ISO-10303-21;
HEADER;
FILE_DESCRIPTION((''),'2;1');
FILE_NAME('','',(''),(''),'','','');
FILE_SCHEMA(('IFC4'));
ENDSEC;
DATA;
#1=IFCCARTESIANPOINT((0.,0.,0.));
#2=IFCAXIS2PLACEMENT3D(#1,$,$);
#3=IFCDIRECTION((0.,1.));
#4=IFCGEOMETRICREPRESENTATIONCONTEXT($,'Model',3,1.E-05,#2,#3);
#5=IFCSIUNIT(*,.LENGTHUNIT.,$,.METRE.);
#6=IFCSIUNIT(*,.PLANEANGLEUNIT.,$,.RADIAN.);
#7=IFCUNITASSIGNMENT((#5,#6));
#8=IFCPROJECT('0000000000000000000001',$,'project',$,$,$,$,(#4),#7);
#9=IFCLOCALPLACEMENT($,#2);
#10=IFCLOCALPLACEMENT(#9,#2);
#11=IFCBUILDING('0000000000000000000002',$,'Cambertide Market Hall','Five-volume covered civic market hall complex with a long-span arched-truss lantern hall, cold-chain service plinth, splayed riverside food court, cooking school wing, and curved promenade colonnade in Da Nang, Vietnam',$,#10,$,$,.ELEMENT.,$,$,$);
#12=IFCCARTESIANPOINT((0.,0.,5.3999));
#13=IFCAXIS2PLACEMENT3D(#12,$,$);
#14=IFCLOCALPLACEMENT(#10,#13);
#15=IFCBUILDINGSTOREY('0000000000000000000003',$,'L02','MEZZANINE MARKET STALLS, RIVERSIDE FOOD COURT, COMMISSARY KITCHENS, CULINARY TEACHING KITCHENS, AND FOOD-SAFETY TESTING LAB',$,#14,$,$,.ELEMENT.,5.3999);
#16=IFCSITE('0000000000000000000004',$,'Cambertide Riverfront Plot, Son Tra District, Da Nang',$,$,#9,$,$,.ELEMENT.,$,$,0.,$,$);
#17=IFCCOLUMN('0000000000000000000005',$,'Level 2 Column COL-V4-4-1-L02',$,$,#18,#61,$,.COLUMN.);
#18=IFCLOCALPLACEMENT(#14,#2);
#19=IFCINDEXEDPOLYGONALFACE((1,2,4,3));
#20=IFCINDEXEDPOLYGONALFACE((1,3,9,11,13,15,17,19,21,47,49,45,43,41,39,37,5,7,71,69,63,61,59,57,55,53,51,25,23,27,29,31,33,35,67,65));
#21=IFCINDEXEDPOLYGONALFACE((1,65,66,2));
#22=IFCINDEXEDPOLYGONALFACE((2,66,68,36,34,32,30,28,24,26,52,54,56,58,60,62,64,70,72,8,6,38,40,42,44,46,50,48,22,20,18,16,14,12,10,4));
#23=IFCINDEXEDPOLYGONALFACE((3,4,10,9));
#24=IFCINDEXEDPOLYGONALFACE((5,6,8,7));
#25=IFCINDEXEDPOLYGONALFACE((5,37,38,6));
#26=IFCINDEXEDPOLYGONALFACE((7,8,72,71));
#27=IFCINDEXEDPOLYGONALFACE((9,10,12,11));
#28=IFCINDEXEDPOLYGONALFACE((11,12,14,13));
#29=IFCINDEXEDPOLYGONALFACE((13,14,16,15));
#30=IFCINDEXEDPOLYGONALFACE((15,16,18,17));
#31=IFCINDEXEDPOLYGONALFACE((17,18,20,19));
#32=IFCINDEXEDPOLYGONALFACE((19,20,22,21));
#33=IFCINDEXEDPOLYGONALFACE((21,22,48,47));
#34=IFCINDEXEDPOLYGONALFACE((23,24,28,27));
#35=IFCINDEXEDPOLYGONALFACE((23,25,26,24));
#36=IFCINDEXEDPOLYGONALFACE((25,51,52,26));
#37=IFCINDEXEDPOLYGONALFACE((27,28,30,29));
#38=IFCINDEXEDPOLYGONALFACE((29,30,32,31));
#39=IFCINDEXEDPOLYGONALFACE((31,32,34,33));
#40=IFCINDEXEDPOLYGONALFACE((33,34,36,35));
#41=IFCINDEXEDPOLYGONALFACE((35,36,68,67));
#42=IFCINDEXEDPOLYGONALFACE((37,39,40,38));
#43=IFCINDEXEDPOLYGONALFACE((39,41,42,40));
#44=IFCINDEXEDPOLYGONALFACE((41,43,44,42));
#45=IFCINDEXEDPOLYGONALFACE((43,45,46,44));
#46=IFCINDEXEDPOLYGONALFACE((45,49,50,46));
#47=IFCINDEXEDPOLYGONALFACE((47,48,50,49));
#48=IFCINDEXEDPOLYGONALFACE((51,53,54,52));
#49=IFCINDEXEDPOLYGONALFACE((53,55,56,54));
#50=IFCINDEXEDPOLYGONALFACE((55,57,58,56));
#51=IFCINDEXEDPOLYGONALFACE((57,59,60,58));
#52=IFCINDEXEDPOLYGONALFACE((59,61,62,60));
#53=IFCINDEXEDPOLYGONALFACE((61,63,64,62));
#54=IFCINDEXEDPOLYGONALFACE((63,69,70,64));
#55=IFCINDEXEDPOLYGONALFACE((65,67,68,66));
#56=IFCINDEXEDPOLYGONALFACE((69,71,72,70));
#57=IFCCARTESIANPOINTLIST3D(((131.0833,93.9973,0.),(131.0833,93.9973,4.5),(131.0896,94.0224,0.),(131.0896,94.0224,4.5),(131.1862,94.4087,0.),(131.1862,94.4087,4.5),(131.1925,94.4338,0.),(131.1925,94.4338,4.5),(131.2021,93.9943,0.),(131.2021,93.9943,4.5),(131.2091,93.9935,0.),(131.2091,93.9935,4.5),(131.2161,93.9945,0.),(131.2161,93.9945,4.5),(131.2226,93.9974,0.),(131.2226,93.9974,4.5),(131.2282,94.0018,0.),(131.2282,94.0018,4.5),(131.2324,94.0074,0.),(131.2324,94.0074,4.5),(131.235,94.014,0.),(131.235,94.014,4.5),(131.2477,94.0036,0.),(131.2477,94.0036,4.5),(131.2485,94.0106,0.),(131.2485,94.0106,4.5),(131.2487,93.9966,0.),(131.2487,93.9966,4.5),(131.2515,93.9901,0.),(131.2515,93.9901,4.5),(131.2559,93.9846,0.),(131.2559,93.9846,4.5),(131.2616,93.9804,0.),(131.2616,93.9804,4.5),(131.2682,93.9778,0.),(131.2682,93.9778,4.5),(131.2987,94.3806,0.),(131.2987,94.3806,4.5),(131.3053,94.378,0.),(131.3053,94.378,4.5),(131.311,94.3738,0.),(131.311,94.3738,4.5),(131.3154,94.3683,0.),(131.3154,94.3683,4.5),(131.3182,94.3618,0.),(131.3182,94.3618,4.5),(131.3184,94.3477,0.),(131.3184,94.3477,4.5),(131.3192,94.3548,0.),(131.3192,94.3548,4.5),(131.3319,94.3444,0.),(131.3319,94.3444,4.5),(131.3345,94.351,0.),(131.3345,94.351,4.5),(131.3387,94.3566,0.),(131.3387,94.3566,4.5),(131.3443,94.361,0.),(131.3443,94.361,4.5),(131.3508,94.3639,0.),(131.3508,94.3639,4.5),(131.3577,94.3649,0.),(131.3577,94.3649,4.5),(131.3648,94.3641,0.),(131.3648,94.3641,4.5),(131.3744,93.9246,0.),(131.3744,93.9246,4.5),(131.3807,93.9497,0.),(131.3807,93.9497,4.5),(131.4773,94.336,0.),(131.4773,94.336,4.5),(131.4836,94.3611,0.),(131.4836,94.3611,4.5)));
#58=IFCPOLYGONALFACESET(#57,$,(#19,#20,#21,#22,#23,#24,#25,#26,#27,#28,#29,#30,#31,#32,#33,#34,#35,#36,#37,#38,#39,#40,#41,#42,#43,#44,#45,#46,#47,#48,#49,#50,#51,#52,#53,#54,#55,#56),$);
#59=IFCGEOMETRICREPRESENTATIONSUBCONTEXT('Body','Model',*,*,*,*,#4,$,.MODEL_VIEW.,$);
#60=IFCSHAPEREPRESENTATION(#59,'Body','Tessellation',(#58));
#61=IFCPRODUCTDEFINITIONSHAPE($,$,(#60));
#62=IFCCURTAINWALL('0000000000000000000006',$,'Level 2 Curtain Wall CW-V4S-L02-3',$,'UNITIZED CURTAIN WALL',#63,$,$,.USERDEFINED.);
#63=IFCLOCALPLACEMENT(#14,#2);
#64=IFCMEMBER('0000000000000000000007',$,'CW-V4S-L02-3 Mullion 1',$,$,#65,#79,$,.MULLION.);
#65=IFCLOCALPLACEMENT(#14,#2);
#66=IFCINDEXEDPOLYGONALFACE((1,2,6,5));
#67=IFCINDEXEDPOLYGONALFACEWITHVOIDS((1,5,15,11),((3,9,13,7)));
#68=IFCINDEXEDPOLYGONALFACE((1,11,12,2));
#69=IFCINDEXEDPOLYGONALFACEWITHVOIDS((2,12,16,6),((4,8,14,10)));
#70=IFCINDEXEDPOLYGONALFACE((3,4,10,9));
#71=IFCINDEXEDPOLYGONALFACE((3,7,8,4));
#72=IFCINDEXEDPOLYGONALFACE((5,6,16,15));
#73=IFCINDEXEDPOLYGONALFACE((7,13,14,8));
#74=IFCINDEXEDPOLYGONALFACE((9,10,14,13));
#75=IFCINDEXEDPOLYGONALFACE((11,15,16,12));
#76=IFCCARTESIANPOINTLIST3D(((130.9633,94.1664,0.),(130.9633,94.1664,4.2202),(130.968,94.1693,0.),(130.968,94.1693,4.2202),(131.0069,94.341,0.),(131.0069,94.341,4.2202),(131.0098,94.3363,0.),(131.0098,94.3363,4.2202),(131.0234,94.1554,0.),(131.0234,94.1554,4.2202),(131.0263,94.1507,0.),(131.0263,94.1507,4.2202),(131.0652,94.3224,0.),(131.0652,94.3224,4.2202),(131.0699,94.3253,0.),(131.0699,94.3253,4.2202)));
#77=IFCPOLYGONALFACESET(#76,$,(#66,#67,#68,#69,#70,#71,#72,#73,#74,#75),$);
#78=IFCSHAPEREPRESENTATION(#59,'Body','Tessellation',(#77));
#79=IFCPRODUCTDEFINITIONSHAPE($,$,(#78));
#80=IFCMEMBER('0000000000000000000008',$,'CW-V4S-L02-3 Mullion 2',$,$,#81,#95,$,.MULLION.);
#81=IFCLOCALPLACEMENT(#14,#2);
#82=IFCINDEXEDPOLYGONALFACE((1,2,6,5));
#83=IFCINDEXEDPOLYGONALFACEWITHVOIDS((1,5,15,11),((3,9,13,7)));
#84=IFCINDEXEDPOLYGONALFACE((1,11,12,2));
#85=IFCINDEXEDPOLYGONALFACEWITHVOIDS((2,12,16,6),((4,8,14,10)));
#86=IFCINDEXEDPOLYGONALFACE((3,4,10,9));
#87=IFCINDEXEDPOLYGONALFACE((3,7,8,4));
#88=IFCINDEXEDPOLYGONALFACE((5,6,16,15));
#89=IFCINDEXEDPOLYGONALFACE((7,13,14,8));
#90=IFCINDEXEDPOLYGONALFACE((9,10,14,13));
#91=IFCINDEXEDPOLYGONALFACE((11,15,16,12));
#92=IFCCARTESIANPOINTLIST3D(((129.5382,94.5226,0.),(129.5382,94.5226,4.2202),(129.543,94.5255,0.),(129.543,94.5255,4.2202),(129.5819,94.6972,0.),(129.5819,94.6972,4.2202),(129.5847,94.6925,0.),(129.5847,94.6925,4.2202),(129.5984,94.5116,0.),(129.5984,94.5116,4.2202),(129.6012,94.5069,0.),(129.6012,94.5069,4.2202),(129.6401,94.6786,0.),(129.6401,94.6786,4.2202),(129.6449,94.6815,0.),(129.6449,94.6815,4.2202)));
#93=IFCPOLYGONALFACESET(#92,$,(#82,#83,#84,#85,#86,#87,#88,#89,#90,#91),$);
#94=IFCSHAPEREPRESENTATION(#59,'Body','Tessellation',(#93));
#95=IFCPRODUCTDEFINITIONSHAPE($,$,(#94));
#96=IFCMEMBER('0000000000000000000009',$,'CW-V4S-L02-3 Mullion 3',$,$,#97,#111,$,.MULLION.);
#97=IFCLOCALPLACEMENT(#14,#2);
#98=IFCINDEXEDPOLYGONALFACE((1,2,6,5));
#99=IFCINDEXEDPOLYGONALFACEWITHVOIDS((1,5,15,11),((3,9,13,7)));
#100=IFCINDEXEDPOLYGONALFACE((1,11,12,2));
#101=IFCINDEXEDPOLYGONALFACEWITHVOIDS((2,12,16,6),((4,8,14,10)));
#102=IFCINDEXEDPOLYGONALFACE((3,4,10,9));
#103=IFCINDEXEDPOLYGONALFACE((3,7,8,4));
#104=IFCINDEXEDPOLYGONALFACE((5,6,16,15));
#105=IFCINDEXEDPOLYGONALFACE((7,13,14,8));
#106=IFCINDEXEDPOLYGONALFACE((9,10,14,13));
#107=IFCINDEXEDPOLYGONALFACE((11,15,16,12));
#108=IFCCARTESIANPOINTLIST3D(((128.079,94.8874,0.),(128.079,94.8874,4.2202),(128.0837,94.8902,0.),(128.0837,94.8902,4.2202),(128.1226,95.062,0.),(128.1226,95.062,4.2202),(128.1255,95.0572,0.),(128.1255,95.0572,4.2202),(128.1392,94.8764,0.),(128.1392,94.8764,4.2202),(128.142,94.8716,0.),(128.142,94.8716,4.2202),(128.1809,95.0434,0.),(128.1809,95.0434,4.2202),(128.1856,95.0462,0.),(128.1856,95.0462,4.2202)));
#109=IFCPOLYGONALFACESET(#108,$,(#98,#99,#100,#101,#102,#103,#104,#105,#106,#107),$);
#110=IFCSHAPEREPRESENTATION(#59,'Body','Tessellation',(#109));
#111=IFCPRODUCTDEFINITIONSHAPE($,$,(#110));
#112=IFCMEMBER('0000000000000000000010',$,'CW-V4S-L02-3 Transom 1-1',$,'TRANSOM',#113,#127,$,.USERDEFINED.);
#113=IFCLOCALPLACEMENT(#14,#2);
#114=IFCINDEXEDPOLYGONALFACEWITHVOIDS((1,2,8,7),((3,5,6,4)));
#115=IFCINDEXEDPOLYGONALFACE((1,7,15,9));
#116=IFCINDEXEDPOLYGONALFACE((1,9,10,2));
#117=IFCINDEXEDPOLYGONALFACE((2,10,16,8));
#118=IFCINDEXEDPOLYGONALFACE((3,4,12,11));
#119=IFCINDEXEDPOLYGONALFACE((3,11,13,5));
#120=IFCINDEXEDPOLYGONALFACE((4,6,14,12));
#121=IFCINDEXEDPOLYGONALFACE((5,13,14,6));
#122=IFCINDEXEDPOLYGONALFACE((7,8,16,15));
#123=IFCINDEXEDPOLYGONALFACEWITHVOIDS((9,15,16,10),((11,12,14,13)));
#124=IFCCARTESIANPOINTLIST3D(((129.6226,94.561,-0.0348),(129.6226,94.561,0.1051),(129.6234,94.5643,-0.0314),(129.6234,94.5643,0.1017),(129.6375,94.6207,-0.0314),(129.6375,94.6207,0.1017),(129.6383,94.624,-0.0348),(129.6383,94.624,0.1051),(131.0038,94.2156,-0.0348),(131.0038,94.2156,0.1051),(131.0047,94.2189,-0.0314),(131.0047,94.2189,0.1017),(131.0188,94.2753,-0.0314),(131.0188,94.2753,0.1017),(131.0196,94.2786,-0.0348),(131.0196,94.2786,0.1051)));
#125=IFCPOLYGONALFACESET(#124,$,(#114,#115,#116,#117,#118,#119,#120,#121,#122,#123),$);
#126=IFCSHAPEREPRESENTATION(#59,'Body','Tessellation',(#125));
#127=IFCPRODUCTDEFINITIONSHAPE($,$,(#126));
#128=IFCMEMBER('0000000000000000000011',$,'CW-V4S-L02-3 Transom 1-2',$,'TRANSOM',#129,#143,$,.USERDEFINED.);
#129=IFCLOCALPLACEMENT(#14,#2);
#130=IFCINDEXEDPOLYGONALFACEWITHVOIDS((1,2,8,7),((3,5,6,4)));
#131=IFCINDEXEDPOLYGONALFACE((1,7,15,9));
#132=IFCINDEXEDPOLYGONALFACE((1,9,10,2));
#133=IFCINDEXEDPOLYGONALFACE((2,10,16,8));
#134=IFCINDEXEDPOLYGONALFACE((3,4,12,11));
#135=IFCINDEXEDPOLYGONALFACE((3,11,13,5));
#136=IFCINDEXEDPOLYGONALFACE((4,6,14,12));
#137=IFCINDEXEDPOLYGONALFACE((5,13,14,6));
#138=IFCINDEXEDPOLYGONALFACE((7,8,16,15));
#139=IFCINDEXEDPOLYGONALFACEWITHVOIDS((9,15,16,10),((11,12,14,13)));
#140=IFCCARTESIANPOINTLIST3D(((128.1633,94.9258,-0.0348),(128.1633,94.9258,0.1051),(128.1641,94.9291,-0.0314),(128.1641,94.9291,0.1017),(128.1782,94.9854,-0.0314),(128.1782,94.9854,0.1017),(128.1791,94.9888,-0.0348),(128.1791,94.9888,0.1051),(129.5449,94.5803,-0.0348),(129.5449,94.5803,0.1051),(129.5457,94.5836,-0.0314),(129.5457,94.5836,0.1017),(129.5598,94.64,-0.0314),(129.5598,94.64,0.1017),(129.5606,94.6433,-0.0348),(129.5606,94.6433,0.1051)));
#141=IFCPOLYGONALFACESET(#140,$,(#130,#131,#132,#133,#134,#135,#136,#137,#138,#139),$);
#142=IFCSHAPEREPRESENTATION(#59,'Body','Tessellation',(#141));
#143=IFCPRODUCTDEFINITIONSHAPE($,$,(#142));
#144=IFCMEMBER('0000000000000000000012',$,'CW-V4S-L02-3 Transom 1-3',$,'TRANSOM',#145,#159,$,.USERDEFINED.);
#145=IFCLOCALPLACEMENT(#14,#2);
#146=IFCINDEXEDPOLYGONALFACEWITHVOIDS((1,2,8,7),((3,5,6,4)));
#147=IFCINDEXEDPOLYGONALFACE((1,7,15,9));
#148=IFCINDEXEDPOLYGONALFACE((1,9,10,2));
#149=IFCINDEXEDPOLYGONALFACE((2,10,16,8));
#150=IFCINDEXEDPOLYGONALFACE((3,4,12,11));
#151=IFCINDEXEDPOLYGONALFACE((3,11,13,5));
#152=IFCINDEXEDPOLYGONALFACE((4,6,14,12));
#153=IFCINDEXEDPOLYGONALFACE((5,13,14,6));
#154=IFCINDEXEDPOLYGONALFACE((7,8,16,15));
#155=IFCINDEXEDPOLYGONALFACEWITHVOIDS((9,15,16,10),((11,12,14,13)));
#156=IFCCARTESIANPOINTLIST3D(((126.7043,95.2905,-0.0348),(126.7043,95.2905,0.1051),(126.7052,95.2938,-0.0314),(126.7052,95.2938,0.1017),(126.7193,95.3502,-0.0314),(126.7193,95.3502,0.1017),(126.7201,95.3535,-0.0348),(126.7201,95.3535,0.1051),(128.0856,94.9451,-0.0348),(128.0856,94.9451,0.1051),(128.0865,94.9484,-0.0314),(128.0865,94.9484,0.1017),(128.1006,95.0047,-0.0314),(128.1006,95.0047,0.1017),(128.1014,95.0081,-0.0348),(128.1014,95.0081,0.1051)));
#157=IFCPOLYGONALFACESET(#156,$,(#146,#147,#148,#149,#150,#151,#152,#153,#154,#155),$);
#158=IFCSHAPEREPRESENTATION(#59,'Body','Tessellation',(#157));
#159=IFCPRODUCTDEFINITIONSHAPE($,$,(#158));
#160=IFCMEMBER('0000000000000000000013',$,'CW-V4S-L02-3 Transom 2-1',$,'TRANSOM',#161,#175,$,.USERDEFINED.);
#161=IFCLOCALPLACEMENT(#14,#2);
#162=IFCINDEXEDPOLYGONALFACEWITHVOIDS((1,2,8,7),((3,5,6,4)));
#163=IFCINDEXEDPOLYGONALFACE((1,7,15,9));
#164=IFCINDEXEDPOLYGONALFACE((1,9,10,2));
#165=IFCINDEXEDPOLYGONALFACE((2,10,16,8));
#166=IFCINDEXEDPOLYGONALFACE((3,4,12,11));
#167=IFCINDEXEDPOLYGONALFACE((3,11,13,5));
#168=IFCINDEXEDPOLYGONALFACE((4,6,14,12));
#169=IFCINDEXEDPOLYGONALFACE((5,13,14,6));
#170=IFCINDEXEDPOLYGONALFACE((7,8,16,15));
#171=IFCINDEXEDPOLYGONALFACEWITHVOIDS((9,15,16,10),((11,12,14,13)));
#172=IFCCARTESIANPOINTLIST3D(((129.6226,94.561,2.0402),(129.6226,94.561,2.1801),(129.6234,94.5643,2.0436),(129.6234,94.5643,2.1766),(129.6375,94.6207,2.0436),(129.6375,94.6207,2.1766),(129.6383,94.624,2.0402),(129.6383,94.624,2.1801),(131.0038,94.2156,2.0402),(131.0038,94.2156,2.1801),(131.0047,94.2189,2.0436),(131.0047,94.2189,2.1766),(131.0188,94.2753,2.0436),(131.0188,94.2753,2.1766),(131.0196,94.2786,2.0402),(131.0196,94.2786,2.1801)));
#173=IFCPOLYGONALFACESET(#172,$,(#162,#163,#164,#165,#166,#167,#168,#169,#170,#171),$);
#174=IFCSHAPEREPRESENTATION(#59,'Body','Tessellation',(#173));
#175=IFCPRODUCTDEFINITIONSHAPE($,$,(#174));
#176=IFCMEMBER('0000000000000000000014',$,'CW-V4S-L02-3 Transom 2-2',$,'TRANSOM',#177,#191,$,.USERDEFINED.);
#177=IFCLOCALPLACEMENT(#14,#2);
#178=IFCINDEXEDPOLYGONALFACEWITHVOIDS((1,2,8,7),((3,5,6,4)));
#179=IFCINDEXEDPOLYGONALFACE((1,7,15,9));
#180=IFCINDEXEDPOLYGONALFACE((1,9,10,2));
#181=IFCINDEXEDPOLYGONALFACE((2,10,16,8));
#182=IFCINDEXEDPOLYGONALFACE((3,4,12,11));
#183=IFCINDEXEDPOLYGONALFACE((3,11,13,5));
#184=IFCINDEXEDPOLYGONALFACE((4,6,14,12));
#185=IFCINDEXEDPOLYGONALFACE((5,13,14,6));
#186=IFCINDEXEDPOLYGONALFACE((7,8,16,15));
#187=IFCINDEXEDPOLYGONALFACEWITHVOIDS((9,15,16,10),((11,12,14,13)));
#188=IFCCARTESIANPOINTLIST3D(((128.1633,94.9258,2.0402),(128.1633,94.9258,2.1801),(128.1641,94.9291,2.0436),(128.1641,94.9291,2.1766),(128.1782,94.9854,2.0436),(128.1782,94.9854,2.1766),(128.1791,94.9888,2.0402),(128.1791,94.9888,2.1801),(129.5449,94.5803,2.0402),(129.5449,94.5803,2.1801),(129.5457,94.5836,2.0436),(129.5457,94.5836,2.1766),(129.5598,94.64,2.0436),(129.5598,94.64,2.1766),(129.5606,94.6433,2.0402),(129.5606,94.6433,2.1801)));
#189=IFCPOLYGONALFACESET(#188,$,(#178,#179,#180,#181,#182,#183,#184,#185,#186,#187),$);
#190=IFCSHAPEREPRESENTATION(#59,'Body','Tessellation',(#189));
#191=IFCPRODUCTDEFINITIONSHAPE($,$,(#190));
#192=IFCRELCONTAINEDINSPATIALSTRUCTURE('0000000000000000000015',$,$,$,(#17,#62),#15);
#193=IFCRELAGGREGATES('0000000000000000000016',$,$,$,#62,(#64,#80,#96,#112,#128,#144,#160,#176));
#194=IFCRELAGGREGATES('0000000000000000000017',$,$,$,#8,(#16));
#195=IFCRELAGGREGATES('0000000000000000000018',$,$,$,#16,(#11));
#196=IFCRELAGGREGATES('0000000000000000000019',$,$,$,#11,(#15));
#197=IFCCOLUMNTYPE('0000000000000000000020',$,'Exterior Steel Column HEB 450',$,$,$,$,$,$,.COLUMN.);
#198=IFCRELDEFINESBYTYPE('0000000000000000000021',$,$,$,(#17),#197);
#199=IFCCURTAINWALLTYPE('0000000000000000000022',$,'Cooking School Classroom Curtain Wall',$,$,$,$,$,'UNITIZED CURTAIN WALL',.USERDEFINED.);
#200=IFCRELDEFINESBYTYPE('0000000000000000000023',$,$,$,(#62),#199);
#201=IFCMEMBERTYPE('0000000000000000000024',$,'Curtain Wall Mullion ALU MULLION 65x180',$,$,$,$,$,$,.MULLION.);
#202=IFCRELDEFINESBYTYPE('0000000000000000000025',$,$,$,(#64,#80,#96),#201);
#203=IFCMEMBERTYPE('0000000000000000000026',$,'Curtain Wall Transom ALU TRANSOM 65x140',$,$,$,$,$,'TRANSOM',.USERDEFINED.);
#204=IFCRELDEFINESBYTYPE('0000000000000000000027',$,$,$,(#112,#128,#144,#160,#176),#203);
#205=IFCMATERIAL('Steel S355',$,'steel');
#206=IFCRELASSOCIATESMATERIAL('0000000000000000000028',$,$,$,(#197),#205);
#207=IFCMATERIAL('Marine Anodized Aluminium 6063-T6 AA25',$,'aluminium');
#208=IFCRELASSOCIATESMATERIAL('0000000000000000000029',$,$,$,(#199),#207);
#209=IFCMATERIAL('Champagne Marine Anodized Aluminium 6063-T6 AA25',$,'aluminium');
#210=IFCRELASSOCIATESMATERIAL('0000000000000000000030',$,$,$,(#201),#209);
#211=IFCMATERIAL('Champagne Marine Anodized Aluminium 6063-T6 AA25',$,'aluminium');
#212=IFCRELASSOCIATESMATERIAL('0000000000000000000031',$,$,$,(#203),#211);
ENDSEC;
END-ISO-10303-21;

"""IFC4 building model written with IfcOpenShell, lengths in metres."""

from ifc_helpers import new_model, si_unit, direction, frame, origin, origin_2d, place, context, subcontext, project, spatial, hollow_rectangle, i_section, extrude, material, material_profile, profile_set, type_object, element, aggregate, save


model = new_model("IFC4")

# Units and contexts
model_context = context("Model", 3, precision=1e-05, world=origin(), true_north=direction((0.0, 1.0)))
body_context = subcontext(model_context, "Body", "Model", "MODEL_VIEW")
ifc_project = project(units=[si_unit("LENGTHUNIT", "METRE"), si_unit("PLANEANGLEUNIT", "RADIAN")], contexts=[model_context])

# Site, building, storey
site_placement = place(None, origin())
site = spatial("IfcSite", under=ifc_project, at=site_placement, Name="Cambertide Riverfront Plot, Son Tra District, Da Nang", CompositionType="ELEMENT", RefElevation=0.0)
building_placement = place(site_placement, origin())
building = spatial("IfcBuilding", under=site, at=building_placement, Name="Cambertide Market Hall", Description="Five-volume covered civic market hall complex with a long-span arched-truss lantern hall, cold-chain service plinth, splayed riverside food court, cooking school wing, and curved promenade colonnade in Da Nang, Vietnam", CompositionType="ELEMENT")
storey_placement = place(building_placement, frame((0.0, 0.0, 5.3999)))
storey = spatial("IfcBuildingStorey", under=building, at=storey_placement, Name="L02", Description="MEZZANINE MARKET STALLS, RIVERSIDE FOOD COURT, COMMISSARY KITCHENS, CULINARY TEACHING KITCHENS, AND FOOD-SAFETY TESTING LAB", CompositionType="ELEMENT", Elevation=5.3999)

# Column
ifc_material_1 = material(Name="Steel S355", Category="steel")
ifc_material_profile_1 = material_profile(ifc_material_1, i_section(OverallWidth=0.3, OverallDepth=0.45, WebThickness=0.0139, FlangeThickness=0.0259, FilletRadius=0.0271, at=origin_2d()), Name="HEB 450")
ifc_profile_set_1 = profile_set([ifc_material_profile_1], Name="Steel S355")
column_type = type_object("IfcColumnType", Name="Exterior Steel Column HEB 450", PredefinedType="COLUMN", material=ifc_profile_set_1)
column_placement = place(storey_placement, frame((131.2834, 94.1792, 0.0), z_axis=(0.0, 0.0, 1.0), x_axis=(0.970143, -0.242536, 0.0)))
element("IfcColumn", 1, at=column_placement, inside=storey, type_object=column_type, Name="Level 2 Column COL-V4-4-1-L02", PredefinedType="COLUMN", context=body_context, shape_type="SweptSolid", body=[
    extrude(i_section(OverallWidth=0.3, OverallDepth=0.45, WebThickness=0.0139, FlangeThickness=0.0259, FilletRadius=0.0271, at=origin_2d()), origin(), (0.0, 0.0, 1.0), 4.5),
])

# Curtain wall, members
ifc_material_2 = material(Name="Marine Anodized Aluminium 6063-T6 AA25", Category="aluminium")
curtain_wall_type = type_object("IfcCurtainWallType", Name="Cooking School Classroom Curtain Wall", ElementType="UNITIZED CURTAIN WALL", PredefinedType="USERDEFINED", material=ifc_material_2)
curtain_wall_placement = place(storey_placement, origin())
curtain_wall = element("IfcCurtainWall", 2, at=curtain_wall_placement, inside=storey, type_object=curtain_wall_type, Name="Level 2 Curtain Wall CW-V4S-L02-3", ObjectType="UNITIZED CURTAIN WALL", PredefinedType="USERDEFINED")
ifc_material_3 = material(Name="Champagne Marine Anodized Aluminium 6063-T6 AA25", Category="aluminium")
ifc_material_profile_2 = material_profile(ifc_material_3, hollow_rectangle(XDim=0.0649, YDim=0.1799, WallThickness=0.0039, at=origin_2d()), Name="ALU MULLION 65x180")
ifc_profile_set_2 = profile_set([ifc_material_profile_2], Name="Champagne Marine Anodized Aluminium 6063-T6 AA25")
member_type_1 = type_object("IfcMemberType", Name="Curtain Wall Mullion ALU MULLION 65x180", PredefinedType="MULLION", material=ifc_profile_set_2)
member_1_placement = place(storey_placement, frame((131.0166, 94.2458, 0.0), z_axis=(0.0, 0.0, 1.0), x_axis=(-0.970143, 0.242535, 0.0)))
member_1 = element("IfcMember", 3, at=member_1_placement, type_object=member_type_1, Name="CW-V4S-L02-3 Mullion 1", PredefinedType="MULLION", context=body_context, shape_type="SweptSolid", body=[
    extrude(hollow_rectangle(XDim=0.0649, YDim=0.1799, WallThickness=0.0039, at=origin_2d()), origin(), (0.0, 0.0, 1.0), 4.2202),
])
member_2_placement = place(storey_placement, frame((129.5916, 94.6021, 0.0), z_axis=(0.0, 0.0, 1.0), x_axis=(-0.970143, 0.242535, 0.0)))
member_2 = element("IfcMember", 4, at=member_2_placement, type_object=member_type_1, Name="CW-V4S-L02-3 Mullion 2", PredefinedType="MULLION", context=body_context, shape_type="SweptSolid", body=[
    extrude(hollow_rectangle(XDim=0.0649, YDim=0.1799, WallThickness=0.0039, at=origin_2d()), origin(), (0.0, 0.0, 1.0), 4.2202),
])
member_3_placement = place(storey_placement, frame((128.1323, 94.9668, 0.0), z_axis=(0.0, 0.0, 1.0), x_axis=(-0.970143, 0.242535, 0.0)))
member_3 = element("IfcMember", 5, at=member_3_placement, type_object=member_type_1, Name="CW-V4S-L02-3 Mullion 3", PredefinedType="MULLION", context=body_context, shape_type="SweptSolid", body=[
    extrude(hollow_rectangle(XDim=0.0649, YDim=0.1799, WallThickness=0.0039, at=origin_2d()), origin(), (0.0, 0.0, 1.0), 4.2202),
])
ifc_material_4 = material(Name="Champagne Marine Anodized Aluminium 6063-T6 AA25", Category="aluminium")
ifc_material_profile_3 = material_profile(ifc_material_4, hollow_rectangle(XDim=0.0649, YDim=0.1399, WallThickness=0.0034, at=origin_2d()), Name="ALU TRANSOM 65x140")
ifc_profile_set_3 = profile_set([ifc_material_profile_3], Name="Champagne Marine Anodized Aluminium 6063-T6 AA25")
member_type_2 = type_object("IfcMemberType", Name="Curtain Wall Transom ALU TRANSOM 65x140", ElementType="TRANSOM", PredefinedType="USERDEFINED", material=ifc_profile_set_3)
member_4_placement = place(storey_placement, frame((131.0117, 94.2471, 0.0352), z_axis=(-0.970122, 0.242616, 0.0), x_axis=(-0.242616, -0.970122, 0.0)))
member_4 = element("IfcMember", 6, at=member_4_placement, type_object=member_type_2, Name="CW-V4S-L02-3 Transom 1-1", ObjectType="TRANSOM", PredefinedType="USERDEFINED", context=body_context, shape_type="SweptSolid", body=[
    extrude(hollow_rectangle(XDim=0.0649, YDim=0.1399, WallThickness=0.0034, at=origin_2d()), origin(), (0.0, 0.0, 1.0), 1.4238),
])
member_5_placement = place(storey_placement, frame((129.5527, 94.6118, 0.0352), z_axis=(-0.970132, 0.242576, 0.0), x_axis=(-0.242576, -0.970132, 0.0)))
member_5 = element("IfcMember", 7, at=member_5_placement, type_object=member_type_2, Name="CW-V4S-L02-3 Transom 1-2", ObjectType="TRANSOM", PredefinedType="USERDEFINED", context=body_context, shape_type="SweptSolid", body=[
    extrude(hollow_rectangle(XDim=0.0649, YDim=0.1399, WallThickness=0.0034, at=origin_2d()), origin(), (0.0, 0.0, 1.0), 1.4241),
])
member_6_placement = place(storey_placement, frame((128.0935, 94.9766, 0.0352), z_axis=(-0.970122, 0.242616, 0.0), x_axis=(-0.242616, -0.970122, 0.0)))
member_6 = element("IfcMember", 8, at=member_6_placement, type_object=member_type_2, Name="CW-V4S-L02-3 Transom 1-3", ObjectType="TRANSOM", PredefinedType="USERDEFINED", context=body_context, shape_type="SweptSolid", body=[
    extrude(hollow_rectangle(XDim=0.0649, YDim=0.1399, WallThickness=0.0034, at=origin_2d()), origin(), (0.0, 0.0, 1.0), 1.4238),
])
member_7_placement = place(storey_placement, frame((131.0117, 94.2471, 2.1101), z_axis=(-0.970122, 0.242616, 0.0), x_axis=(-0.242616, -0.970122, 0.0)))
member_7 = element("IfcMember", 9, at=member_7_placement, type_object=member_type_2, Name="CW-V4S-L02-3 Transom 2-1", ObjectType="TRANSOM", PredefinedType="USERDEFINED", context=body_context, shape_type="SweptSolid", body=[
    extrude(hollow_rectangle(XDim=0.0649, YDim=0.1399, WallThickness=0.0034, at=origin_2d()), origin(), (0.0, 0.0, 1.0), 1.4238),
])
member_8_placement = place(storey_placement, frame((129.5527, 94.6118, 2.1101), z_axis=(-0.970132, 0.242576, 0.0), x_axis=(-0.242576, -0.970132, 0.0)))
member_8 = element("IfcMember", 10, at=member_8_placement, type_object=member_type_2, Name="CW-V4S-L02-3 Transom 2-2", ObjectType="TRANSOM", PredefinedType="USERDEFINED", context=body_context, shape_type="SweptSolid", body=[
    extrude(hollow_rectangle(XDim=0.0649, YDim=0.1399, WallThickness=0.0034, at=origin_2d()), origin(), (0.0, 0.0, 1.0), 1.4241),
])

aggregate(curtain_wall, [member_1, member_2, member_3, member_4, member_5, member_6, member_7, member_8])

save(model, "model.ifc")
